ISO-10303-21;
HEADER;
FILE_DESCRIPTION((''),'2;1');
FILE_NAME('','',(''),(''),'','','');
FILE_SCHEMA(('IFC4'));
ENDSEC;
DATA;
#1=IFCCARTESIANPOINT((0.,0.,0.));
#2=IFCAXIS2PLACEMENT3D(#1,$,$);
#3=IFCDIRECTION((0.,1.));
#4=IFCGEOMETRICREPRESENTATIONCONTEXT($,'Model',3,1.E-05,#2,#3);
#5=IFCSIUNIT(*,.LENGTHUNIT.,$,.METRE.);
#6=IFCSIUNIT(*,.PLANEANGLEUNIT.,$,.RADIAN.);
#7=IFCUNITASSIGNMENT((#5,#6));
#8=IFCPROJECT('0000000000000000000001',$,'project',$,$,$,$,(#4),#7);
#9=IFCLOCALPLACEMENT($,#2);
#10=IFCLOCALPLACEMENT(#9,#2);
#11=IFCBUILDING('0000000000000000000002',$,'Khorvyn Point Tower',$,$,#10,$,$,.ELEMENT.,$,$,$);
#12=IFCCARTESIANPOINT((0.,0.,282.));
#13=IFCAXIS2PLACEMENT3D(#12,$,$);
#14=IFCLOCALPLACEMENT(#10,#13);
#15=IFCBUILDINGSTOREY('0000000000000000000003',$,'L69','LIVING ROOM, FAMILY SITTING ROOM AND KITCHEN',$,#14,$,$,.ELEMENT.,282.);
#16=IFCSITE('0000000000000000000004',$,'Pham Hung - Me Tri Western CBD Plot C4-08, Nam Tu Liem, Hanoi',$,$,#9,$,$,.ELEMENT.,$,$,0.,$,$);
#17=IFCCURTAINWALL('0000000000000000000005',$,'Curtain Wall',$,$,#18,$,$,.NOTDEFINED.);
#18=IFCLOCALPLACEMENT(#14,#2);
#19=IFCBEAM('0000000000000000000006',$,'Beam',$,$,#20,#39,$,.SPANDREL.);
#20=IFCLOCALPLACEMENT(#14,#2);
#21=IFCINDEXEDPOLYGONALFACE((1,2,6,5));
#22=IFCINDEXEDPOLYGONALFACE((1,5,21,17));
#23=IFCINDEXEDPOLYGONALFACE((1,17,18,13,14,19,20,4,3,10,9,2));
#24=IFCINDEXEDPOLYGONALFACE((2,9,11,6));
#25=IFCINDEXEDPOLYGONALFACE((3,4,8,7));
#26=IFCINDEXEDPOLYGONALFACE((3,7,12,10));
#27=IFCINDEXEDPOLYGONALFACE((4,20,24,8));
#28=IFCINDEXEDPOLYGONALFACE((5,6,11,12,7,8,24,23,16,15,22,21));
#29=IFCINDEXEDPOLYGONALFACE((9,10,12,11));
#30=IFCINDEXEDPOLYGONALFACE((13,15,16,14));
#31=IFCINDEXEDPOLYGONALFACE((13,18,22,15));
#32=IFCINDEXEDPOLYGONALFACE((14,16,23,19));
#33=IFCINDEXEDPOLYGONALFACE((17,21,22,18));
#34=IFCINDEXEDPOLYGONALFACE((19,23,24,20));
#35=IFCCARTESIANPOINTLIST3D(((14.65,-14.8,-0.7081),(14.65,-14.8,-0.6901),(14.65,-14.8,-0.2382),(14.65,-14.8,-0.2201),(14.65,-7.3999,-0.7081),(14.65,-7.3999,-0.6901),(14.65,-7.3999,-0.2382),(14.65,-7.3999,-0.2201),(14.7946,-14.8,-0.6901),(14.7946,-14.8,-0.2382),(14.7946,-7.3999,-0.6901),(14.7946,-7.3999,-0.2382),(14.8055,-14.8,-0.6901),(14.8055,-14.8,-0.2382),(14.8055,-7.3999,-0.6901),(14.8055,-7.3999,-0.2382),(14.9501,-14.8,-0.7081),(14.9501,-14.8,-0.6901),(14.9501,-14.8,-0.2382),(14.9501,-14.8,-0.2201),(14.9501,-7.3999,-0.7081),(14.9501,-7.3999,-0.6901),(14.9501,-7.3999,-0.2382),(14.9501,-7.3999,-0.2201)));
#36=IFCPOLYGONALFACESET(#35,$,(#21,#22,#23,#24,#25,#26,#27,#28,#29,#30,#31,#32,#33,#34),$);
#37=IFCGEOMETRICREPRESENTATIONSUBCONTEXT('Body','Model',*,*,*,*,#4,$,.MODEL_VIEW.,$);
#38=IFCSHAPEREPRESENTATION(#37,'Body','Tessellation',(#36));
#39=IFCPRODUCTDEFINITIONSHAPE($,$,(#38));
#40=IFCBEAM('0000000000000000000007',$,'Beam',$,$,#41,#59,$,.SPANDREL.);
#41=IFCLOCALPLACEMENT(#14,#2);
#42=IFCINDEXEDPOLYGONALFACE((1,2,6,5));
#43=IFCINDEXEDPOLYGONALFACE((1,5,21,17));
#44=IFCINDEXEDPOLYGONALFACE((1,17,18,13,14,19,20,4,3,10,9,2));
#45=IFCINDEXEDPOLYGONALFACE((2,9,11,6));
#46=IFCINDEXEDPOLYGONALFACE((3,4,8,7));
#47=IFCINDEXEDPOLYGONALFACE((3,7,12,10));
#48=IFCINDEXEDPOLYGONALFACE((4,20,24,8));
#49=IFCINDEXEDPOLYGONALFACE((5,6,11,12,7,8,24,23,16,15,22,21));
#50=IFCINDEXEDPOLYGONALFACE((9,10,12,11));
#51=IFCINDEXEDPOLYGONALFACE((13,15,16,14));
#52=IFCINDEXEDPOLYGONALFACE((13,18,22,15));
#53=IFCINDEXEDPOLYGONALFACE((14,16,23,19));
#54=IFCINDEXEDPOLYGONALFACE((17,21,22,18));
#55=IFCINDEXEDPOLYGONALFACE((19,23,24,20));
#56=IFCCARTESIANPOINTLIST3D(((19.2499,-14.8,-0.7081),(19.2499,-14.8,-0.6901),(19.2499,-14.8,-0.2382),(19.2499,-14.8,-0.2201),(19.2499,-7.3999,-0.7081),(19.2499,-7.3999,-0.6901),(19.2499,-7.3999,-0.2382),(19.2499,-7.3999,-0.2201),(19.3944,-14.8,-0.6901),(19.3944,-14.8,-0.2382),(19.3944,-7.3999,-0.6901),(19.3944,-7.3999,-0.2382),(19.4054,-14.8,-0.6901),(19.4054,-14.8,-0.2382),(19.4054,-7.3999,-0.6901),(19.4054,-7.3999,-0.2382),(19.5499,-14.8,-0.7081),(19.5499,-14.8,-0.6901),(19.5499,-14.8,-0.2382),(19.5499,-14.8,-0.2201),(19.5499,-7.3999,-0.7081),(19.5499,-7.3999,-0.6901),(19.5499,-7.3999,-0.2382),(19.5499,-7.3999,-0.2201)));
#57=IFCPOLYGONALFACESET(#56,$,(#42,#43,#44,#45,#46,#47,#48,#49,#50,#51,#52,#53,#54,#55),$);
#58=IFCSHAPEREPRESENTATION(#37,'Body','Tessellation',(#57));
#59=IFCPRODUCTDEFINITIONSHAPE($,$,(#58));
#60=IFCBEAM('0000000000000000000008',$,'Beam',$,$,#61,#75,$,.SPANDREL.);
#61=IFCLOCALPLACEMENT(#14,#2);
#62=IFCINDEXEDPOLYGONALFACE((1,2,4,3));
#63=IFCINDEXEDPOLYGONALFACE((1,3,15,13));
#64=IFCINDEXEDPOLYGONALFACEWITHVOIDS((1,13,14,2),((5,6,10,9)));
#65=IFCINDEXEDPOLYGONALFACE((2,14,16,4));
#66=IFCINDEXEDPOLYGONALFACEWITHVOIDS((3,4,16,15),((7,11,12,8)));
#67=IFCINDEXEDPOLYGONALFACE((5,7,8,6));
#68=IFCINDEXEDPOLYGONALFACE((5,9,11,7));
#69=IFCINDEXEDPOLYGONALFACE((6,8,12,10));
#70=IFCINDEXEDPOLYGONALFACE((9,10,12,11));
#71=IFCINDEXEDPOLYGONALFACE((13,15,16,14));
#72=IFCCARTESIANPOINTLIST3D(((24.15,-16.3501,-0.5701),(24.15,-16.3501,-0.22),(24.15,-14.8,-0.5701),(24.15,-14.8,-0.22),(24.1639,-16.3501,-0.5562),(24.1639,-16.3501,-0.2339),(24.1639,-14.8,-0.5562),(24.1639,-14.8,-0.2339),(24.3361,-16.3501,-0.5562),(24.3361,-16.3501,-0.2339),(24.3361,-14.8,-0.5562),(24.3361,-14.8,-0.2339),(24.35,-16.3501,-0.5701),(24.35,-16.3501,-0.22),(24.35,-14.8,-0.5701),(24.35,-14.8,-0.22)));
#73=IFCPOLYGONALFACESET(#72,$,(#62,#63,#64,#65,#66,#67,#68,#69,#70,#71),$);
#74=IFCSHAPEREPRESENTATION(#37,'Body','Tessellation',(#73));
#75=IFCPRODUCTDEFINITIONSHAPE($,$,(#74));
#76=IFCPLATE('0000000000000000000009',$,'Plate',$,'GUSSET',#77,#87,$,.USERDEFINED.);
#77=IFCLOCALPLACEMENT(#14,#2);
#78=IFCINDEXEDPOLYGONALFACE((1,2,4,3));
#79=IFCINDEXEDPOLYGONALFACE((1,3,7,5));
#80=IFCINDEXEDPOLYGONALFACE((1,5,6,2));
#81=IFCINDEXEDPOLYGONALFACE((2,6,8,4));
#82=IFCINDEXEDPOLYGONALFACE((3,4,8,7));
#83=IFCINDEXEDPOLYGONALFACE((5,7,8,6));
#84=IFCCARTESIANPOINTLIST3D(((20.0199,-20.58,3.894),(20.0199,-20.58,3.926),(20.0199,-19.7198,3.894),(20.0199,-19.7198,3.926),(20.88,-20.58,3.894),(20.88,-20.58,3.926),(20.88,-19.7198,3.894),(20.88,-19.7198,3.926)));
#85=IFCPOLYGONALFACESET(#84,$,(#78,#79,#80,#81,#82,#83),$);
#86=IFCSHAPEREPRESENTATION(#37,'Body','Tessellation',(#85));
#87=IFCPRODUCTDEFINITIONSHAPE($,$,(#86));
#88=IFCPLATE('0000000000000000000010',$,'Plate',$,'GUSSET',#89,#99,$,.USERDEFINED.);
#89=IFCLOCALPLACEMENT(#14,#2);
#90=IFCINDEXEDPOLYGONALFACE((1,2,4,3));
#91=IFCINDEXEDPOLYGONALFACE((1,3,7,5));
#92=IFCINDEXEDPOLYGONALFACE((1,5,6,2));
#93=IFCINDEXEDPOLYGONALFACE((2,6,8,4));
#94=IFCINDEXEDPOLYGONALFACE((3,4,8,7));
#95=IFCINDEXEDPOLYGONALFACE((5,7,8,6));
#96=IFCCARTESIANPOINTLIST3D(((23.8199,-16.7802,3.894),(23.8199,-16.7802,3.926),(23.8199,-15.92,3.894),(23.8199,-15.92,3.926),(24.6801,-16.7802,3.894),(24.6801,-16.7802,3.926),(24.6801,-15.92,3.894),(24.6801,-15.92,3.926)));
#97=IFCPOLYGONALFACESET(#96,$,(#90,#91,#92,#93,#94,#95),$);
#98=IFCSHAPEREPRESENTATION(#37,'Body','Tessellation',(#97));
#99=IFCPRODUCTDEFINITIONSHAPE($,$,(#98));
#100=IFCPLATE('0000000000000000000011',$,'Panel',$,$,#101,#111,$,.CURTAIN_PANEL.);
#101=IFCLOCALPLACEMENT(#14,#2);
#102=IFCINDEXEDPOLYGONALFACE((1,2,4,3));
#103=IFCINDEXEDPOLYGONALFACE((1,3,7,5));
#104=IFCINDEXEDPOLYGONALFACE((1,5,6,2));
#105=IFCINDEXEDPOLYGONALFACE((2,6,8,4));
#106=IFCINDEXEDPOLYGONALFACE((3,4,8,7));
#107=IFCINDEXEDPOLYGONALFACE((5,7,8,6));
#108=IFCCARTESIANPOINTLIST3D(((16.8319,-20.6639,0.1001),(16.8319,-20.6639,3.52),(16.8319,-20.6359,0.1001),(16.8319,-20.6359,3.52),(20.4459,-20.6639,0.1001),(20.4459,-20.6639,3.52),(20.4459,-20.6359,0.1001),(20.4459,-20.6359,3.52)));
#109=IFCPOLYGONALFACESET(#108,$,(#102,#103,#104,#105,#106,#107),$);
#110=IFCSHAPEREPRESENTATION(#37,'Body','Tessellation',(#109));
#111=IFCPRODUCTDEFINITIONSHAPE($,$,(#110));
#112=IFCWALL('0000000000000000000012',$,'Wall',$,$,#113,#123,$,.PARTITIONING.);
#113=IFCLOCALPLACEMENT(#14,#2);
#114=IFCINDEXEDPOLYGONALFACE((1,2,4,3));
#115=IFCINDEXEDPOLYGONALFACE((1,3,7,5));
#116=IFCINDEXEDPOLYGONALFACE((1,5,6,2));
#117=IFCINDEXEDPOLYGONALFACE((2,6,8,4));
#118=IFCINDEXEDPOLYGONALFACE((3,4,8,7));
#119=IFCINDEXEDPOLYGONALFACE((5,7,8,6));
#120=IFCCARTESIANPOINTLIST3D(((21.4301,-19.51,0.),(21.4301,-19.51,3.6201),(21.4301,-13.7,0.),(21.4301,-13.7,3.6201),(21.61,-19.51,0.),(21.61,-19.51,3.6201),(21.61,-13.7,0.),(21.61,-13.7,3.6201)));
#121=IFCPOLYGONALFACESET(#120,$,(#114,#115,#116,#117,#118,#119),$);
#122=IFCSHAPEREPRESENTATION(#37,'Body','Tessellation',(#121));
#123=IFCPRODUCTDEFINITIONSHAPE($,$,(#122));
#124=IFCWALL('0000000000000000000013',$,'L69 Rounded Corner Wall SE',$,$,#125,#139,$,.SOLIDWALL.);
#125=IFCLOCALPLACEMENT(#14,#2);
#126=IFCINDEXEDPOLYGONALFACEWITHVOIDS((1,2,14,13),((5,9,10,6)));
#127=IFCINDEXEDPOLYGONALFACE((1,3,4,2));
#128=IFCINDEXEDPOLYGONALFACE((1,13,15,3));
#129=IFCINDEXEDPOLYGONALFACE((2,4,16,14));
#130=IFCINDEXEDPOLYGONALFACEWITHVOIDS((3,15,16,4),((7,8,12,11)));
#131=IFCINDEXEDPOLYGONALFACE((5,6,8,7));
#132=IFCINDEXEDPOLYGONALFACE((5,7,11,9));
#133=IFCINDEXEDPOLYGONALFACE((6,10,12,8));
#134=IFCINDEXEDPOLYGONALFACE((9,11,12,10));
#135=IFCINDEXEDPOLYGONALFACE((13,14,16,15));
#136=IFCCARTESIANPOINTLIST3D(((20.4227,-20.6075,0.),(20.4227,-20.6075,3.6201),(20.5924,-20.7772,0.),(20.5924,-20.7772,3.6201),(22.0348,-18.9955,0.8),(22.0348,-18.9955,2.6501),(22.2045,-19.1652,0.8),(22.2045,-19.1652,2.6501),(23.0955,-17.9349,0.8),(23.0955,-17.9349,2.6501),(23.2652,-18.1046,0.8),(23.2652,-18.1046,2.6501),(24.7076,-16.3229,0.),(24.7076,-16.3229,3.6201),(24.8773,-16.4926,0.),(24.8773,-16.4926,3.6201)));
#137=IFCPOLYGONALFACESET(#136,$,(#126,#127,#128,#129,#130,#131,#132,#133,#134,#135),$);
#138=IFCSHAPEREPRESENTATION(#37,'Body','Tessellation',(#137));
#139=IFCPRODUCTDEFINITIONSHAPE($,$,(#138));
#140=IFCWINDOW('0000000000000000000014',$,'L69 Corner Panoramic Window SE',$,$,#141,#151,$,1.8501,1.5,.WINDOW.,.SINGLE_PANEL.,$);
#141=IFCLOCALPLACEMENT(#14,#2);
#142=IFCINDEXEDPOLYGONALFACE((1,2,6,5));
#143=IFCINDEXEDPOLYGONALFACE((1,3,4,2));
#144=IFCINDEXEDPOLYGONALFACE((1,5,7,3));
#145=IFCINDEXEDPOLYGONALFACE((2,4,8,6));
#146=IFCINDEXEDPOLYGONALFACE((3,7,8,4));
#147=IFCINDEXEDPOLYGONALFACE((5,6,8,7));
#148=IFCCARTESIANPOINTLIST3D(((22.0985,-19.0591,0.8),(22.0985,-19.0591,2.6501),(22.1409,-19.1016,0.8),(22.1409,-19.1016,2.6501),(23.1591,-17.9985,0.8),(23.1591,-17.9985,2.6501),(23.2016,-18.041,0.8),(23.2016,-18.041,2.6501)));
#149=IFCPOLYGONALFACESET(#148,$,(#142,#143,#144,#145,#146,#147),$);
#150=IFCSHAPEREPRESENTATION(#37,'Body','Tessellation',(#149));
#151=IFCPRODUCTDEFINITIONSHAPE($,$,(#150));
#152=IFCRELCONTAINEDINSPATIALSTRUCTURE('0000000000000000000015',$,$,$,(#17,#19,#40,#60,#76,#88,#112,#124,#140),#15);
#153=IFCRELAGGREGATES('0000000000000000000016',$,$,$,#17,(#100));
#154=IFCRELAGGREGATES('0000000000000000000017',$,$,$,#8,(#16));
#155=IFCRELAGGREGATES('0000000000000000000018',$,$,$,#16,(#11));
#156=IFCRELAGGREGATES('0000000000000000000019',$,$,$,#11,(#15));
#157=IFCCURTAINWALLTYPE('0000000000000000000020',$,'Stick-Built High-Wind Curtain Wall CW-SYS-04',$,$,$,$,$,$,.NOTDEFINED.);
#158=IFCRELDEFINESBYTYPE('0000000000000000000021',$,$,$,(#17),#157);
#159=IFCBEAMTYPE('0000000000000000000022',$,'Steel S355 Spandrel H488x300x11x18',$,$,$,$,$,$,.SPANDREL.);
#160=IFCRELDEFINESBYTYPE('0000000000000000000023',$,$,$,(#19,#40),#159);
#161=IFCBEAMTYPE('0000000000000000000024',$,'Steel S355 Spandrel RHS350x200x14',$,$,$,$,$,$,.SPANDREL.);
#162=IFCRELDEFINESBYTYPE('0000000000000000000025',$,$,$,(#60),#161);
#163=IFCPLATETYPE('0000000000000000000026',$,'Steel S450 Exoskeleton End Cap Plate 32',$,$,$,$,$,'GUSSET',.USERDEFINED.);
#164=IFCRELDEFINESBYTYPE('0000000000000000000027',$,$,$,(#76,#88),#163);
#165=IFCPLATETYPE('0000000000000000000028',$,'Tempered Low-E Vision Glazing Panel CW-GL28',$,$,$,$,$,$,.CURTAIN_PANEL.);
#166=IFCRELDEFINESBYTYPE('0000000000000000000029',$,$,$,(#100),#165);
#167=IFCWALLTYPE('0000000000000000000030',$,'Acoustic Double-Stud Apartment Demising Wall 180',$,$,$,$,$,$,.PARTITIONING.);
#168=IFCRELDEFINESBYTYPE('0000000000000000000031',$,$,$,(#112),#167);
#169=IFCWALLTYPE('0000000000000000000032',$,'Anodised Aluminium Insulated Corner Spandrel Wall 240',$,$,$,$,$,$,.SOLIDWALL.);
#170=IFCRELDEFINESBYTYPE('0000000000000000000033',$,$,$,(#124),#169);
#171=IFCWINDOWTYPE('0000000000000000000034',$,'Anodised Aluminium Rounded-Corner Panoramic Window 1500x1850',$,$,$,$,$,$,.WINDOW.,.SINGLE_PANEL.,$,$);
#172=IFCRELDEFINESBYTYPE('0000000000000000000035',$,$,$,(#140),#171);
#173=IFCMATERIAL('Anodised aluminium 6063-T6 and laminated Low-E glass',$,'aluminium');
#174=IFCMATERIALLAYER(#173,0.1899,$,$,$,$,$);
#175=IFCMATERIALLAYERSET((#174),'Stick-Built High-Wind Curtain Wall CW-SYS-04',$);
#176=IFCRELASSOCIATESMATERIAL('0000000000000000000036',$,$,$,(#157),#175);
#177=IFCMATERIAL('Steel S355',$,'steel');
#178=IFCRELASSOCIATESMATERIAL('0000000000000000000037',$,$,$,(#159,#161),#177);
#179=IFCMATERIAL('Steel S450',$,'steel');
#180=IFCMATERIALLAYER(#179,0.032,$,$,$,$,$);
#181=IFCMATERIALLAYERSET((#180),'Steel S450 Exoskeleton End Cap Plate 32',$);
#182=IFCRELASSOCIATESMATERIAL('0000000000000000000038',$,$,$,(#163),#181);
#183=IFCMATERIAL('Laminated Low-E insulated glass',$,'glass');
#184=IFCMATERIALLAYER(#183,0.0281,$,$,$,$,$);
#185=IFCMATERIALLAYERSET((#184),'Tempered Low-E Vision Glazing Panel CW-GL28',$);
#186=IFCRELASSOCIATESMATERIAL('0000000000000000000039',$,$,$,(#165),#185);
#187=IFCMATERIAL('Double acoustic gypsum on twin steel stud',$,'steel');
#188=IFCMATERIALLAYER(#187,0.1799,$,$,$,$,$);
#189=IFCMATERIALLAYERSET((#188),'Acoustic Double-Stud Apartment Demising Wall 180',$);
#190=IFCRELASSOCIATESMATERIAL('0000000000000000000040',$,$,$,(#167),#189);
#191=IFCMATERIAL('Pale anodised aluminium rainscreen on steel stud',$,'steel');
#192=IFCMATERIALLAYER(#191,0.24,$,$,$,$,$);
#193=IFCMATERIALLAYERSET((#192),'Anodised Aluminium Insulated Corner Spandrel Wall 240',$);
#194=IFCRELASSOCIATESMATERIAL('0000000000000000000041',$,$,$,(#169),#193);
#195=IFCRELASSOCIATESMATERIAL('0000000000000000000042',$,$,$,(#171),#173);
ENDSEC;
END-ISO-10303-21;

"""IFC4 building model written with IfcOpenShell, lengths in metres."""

from ifc_helpers import new_model, si_unit, direction, frame, frame_2d, origin, origin_2d, place, context, subcontext, project, spatial, rectangle, hollow_rectangle, i_section, extrude, material, layer, layer_set, material_profile, profile_set, type_object, element, fill, aggregate, save


model = new_model("IFC4")

# Units and contexts
model_context = context("Model", 3, precision=1e-05, world=origin(), true_north=direction((0.0, 1.0)))
body_context = subcontext(model_context, "Body", "Model", "MODEL_VIEW")
ifc_project = project(units=[si_unit("LENGTHUNIT", "METRE"), si_unit("PLANEANGLEUNIT", "RADIAN")], contexts=[model_context])

# Site, building, storey
site_placement = place(None, origin())
site = spatial("IfcSite", under=ifc_project, at=site_placement, Name="Pham Hung - Me Tri Western CBD Plot C4-08, Nam Tu Liem, Hanoi", CompositionType="ELEMENT", RefElevation=0.0)
building_placement = place(site_placement, origin())
building = spatial("IfcBuilding", under=site, at=building_placement, Name="Khorvyn Point Tower", CompositionType="ELEMENT")
storey_placement = place(building_placement, frame((0.0, 0.0, 282.0)))
storey = spatial("IfcBuildingStorey", under=building, at=storey_placement, Name="L69", Description="LIVING ROOM, FAMILY SITTING ROOM AND KITCHEN", CompositionType="ELEMENT", Elevation=282.0)

# Shared definitions
ifc_material_1 = material(Name="Steel S355", Category="steel")
ifc_material_2 = material(Name="Steel S450", Category="steel")

# Curtain wall
ifc_material_3 = material(Name="Anodised aluminium 6063-T6 and laminated Low-E glass", Category="aluminium")
ifc_layer_1 = layer(ifc_material_3, 0.1899)
ifc_layer_set_1 = layer_set([ifc_layer_1], Name="Stick-Built High-Wind Curtain Wall CW-SYS-04")
curtain_wall_type = type_object("IfcCurtainWallType", Name="Stick-Built High-Wind Curtain Wall CW-SYS-04", PredefinedType="NOTDEFINED", material=ifc_layer_set_1)
curtain_wall_1_placement = place(storey_placement, origin())
curtain_wall_1 = element("IfcCurtainWall", 1, at=curtain_wall_1_placement, inside=storey, type_object=curtain_wall_type, Name="Curtain Wall", PredefinedType="NOTDEFINED")

# Beams
ifc_material_profile_1 = material_profile(ifc_material_1, i_section(OverallWidth=0.3, OverallDepth=0.488, WebThickness=0.011, FlangeThickness=0.0181, at=origin_2d()))
ifc_profile_set_1 = profile_set([ifc_material_profile_1], Name="Steel S355 H488x300x11x18")
beam_type_1 = type_object("IfcBeamType", Name="Steel S355 Spandrel H488x300x11x18", PredefinedType="SPANDREL", material=ifc_profile_set_1)
for number, where, z_axis, x_axis, name in (
    (2, (14.8, -14.8, -0.4641), (0.0, 1.0, 0.0), (-1.0, 0.0, 0.0), "Beam"),
    (3, (19.3999, -14.8, -0.4641), (0.0, 1.0, 0.0), (-1.0, 0.0, 0.0), "Beam"),
):
    element("IfcBeam", number, at=place(storey_placement, frame(where, z_axis=z_axis, x_axis=x_axis)), inside=storey, type_object=beam_type_1, Name=name, PredefinedType="SPANDREL", context=body_context, shape_type="SweptSolid", body=[
        extrude(i_section(OverallWidth=0.3, OverallDepth=0.488, WebThickness=0.011, FlangeThickness=0.0181, at=origin_2d()), origin(), (0.0, 0.0, 1.0), 7.4001),
    ])
ifc_material_profile_2 = material_profile(ifc_material_1, hollow_rectangle(XDim=0.2, YDim=0.3501, WallThickness=0.0139, at=origin_2d()))
ifc_profile_set_2 = profile_set([ifc_material_profile_2], Name="Steel S355 RHS350x200x14")
beam_type_2 = type_object("IfcBeamType", Name="Steel S355 Spandrel RHS350x200x14", PredefinedType="SPANDREL", material=ifc_profile_set_2)
beam_1_placement = place(storey_placement, frame((24.25, -16.3501, -0.395), z_axis=(0.0, 1.0, 0.0), x_axis=(-1.0, 0.0, 0.0)))
element("IfcBeam", 4, at=beam_1_placement, inside=storey, type_object=beam_type_2, Name="Beam", PredefinedType="SPANDREL", context=body_context, shape_type="SweptSolid", body=[
    extrude(hollow_rectangle(XDim=0.2, YDim=0.3501, WallThickness=0.0139, at=origin_2d()), origin(), (0.0, 0.0, 1.0), 1.55),
])

# Plates
ifc_layer_2 = layer(ifc_material_2, 0.032)
ifc_layer_set_2 = layer_set([ifc_layer_2], Name="Steel S450 Exoskeleton End Cap Plate 32")
plate_type_1 = type_object("IfcPlateType", Name="Steel S450 Exoskeleton End Cap Plate 32", ElementType="GUSSET", PredefinedType="USERDEFINED", material=ifc_layer_set_2)
for number, where, z_axis, x_axis, name in (
    (5, (20.45, -20.1499, 3.894), (0.0, 0.0, 1.0), (1.0, 0.0, 0.0), "Plate"),
    (6, (24.25, -16.3501, 3.894), (0.0, 0.0, 1.0), (1.0, 0.0, 0.0), "Plate"),
):
    element("IfcPlate", number, at=place(storey_placement, frame(where, z_axis=z_axis, x_axis=x_axis)), inside=storey, type_object=plate_type_1, Name=name, ObjectType="GUSSET", PredefinedType="USERDEFINED", context=body_context, shape_type="SweptSolid", body=[
        extrude(rectangle(XDim=0.8601, YDim=0.8601, at=origin_2d()), origin(), (0.0, 0.0, 1.0), 0.032),
    ])

# Plate
ifc_material_4 = material(Name="Laminated Low-E insulated glass", Category="glass")
ifc_layer_3 = layer(ifc_material_4, 0.0281)
ifc_layer_set_3 = layer_set([ifc_layer_3], Name="Tempered Low-E Vision Glazing Panel CW-GL28")
plate_type_2 = type_object("IfcPlateType", Name="Tempered Low-E Vision Glazing Panel CW-GL28", PredefinedType="CURTAIN_PANEL", material=ifc_layer_set_3)
plate_placement = place(storey_placement, frame((18.6389, -20.6499, 0.1001), z_axis=(0.0, 0.0, 1.0), x_axis=(-1.0, 0.0, 0.0)))
plate = element("IfcPlate", 7, at=plate_placement, type_object=plate_type_2, Name="Panel", PredefinedType="CURTAIN_PANEL", context=body_context, shape_type="SweptSolid", body=[
    extrude(rectangle(XDim=3.614, YDim=0.0281, at=origin_2d()), origin(), (0.0, 0.0, 1.0), 3.4199),
])
aggregate(curtain_wall_1, [plate])

# Wall
ifc_material_5 = material(Name="Double acoustic gypsum on twin steel stud", Category="steel")
ifc_layer_4 = layer(ifc_material_5, 0.1799)
ifc_layer_set_4 = layer_set([ifc_layer_4], Name="Acoustic Double-Stud Apartment Demising Wall 180")
wall_type_1 = type_object("IfcWallType", Name="Acoustic Double-Stud Apartment Demising Wall 180", PredefinedType="PARTITIONING", material=ifc_layer_set_4)
wall_1_placement = place(storey_placement, frame((21.52, -19.51, 0.0), z_axis=(0.0, 0.0, 1.0), x_axis=(0.0, 1.0, 0.0)))
element("IfcWall", 8, at=wall_1_placement, inside=storey, type_object=wall_type_1, Name="Wall", PredefinedType="PARTITIONING", context=body_context, shape_type="SweptSolid", body=[
    extrude(rectangle(XDim=5.8101, YDim=0.1799, at=frame_2d((2.905, 0.0))), origin(), (0.0, 0.0, 1.0), 3.6201),
])

# Wall, opening, window
ifc_material_6 = material(Name="Pale anodised aluminium rainscreen on steel stud", Category="steel")
ifc_layer_5 = layer(ifc_material_6, 0.24)
ifc_layer_set_5 = layer_set([ifc_layer_5], Name="Anodised Aluminium Insulated Corner Spandrel Wall 240")
wall_type_2 = type_object("IfcWallType", Name="Anodised Aluminium Insulated Corner Spandrel Wall 240", PredefinedType="SOLIDWALL", material=ifc_layer_set_5)
wall_2_placement = place(storey_placement, frame((24.7925, -16.4077, 0.0), z_axis=(0.0, 0.0, 1.0), x_axis=(-0.707127, -0.707087, 0.0)))
wall_2 = element("IfcWall", 9, at=wall_2_placement, inside=storey, type_object=wall_type_2, Name="L69 Rounded Corner Wall SE", PredefinedType="SOLIDWALL", context=body_context, shape_type="SweptSolid", body=[
    extrude(rectangle(XDim=6.0596, YDim=0.24, at=frame_2d((3.0298, 0.0))), origin(), (0.0, 0.0, 1.0), 3.6201),
])
opening_1_placement = place(wall_2_placement, frame((2.2798, 0.0, 0.8)))
opening_1 = element("IfcOpeningElement", 10, at=opening_1_placement, cuts=wall_2, PredefinedType="OPENING", context=body_context, shape_type="SweptSolid", body=[
    extrude(rectangle(XDim=1.5, YDim=1.8501, at=frame_2d((0.75, 0.925))), frame((0.0, 0.1299, 0.0), z_axis=(0.0, -1.0, 0.0), x_axis=(1.0, 0.0, 0.0)), (0.0, 0.0, 1.0), 0.26),
])
window_type = type_object("IfcWindowType", Name="Anodised Aluminium Rounded-Corner Panoramic Window 1500x1850", PartitioningType="SINGLE_PANEL", PredefinedType="WINDOW", material=ifc_material_3)
window_placement = place(opening_1_placement, origin())
window = element("IfcWindow", 11, at=window_placement, inside=storey, type_object=window_type, Name="L69 Corner Panoramic Window SE", OverallHeight=1.8501, OverallWidth=1.5, PartitioningType="SINGLE_PANEL", PredefinedType="WINDOW", context=body_context, shape_type="SweptSolid", body=[
    extrude(rectangle(XDim=1.5, YDim=1.8501, at=frame_2d((0.75, 0.925))), frame((0.0, 0.03, 0.0), z_axis=(0.0, -1.0, 0.0), x_axis=(1.0, 0.0, 0.0)), (0.0, 0.0, 1.0), 0.0601),
])
fill(opening_1, window)

save(model, "model.ifc")
